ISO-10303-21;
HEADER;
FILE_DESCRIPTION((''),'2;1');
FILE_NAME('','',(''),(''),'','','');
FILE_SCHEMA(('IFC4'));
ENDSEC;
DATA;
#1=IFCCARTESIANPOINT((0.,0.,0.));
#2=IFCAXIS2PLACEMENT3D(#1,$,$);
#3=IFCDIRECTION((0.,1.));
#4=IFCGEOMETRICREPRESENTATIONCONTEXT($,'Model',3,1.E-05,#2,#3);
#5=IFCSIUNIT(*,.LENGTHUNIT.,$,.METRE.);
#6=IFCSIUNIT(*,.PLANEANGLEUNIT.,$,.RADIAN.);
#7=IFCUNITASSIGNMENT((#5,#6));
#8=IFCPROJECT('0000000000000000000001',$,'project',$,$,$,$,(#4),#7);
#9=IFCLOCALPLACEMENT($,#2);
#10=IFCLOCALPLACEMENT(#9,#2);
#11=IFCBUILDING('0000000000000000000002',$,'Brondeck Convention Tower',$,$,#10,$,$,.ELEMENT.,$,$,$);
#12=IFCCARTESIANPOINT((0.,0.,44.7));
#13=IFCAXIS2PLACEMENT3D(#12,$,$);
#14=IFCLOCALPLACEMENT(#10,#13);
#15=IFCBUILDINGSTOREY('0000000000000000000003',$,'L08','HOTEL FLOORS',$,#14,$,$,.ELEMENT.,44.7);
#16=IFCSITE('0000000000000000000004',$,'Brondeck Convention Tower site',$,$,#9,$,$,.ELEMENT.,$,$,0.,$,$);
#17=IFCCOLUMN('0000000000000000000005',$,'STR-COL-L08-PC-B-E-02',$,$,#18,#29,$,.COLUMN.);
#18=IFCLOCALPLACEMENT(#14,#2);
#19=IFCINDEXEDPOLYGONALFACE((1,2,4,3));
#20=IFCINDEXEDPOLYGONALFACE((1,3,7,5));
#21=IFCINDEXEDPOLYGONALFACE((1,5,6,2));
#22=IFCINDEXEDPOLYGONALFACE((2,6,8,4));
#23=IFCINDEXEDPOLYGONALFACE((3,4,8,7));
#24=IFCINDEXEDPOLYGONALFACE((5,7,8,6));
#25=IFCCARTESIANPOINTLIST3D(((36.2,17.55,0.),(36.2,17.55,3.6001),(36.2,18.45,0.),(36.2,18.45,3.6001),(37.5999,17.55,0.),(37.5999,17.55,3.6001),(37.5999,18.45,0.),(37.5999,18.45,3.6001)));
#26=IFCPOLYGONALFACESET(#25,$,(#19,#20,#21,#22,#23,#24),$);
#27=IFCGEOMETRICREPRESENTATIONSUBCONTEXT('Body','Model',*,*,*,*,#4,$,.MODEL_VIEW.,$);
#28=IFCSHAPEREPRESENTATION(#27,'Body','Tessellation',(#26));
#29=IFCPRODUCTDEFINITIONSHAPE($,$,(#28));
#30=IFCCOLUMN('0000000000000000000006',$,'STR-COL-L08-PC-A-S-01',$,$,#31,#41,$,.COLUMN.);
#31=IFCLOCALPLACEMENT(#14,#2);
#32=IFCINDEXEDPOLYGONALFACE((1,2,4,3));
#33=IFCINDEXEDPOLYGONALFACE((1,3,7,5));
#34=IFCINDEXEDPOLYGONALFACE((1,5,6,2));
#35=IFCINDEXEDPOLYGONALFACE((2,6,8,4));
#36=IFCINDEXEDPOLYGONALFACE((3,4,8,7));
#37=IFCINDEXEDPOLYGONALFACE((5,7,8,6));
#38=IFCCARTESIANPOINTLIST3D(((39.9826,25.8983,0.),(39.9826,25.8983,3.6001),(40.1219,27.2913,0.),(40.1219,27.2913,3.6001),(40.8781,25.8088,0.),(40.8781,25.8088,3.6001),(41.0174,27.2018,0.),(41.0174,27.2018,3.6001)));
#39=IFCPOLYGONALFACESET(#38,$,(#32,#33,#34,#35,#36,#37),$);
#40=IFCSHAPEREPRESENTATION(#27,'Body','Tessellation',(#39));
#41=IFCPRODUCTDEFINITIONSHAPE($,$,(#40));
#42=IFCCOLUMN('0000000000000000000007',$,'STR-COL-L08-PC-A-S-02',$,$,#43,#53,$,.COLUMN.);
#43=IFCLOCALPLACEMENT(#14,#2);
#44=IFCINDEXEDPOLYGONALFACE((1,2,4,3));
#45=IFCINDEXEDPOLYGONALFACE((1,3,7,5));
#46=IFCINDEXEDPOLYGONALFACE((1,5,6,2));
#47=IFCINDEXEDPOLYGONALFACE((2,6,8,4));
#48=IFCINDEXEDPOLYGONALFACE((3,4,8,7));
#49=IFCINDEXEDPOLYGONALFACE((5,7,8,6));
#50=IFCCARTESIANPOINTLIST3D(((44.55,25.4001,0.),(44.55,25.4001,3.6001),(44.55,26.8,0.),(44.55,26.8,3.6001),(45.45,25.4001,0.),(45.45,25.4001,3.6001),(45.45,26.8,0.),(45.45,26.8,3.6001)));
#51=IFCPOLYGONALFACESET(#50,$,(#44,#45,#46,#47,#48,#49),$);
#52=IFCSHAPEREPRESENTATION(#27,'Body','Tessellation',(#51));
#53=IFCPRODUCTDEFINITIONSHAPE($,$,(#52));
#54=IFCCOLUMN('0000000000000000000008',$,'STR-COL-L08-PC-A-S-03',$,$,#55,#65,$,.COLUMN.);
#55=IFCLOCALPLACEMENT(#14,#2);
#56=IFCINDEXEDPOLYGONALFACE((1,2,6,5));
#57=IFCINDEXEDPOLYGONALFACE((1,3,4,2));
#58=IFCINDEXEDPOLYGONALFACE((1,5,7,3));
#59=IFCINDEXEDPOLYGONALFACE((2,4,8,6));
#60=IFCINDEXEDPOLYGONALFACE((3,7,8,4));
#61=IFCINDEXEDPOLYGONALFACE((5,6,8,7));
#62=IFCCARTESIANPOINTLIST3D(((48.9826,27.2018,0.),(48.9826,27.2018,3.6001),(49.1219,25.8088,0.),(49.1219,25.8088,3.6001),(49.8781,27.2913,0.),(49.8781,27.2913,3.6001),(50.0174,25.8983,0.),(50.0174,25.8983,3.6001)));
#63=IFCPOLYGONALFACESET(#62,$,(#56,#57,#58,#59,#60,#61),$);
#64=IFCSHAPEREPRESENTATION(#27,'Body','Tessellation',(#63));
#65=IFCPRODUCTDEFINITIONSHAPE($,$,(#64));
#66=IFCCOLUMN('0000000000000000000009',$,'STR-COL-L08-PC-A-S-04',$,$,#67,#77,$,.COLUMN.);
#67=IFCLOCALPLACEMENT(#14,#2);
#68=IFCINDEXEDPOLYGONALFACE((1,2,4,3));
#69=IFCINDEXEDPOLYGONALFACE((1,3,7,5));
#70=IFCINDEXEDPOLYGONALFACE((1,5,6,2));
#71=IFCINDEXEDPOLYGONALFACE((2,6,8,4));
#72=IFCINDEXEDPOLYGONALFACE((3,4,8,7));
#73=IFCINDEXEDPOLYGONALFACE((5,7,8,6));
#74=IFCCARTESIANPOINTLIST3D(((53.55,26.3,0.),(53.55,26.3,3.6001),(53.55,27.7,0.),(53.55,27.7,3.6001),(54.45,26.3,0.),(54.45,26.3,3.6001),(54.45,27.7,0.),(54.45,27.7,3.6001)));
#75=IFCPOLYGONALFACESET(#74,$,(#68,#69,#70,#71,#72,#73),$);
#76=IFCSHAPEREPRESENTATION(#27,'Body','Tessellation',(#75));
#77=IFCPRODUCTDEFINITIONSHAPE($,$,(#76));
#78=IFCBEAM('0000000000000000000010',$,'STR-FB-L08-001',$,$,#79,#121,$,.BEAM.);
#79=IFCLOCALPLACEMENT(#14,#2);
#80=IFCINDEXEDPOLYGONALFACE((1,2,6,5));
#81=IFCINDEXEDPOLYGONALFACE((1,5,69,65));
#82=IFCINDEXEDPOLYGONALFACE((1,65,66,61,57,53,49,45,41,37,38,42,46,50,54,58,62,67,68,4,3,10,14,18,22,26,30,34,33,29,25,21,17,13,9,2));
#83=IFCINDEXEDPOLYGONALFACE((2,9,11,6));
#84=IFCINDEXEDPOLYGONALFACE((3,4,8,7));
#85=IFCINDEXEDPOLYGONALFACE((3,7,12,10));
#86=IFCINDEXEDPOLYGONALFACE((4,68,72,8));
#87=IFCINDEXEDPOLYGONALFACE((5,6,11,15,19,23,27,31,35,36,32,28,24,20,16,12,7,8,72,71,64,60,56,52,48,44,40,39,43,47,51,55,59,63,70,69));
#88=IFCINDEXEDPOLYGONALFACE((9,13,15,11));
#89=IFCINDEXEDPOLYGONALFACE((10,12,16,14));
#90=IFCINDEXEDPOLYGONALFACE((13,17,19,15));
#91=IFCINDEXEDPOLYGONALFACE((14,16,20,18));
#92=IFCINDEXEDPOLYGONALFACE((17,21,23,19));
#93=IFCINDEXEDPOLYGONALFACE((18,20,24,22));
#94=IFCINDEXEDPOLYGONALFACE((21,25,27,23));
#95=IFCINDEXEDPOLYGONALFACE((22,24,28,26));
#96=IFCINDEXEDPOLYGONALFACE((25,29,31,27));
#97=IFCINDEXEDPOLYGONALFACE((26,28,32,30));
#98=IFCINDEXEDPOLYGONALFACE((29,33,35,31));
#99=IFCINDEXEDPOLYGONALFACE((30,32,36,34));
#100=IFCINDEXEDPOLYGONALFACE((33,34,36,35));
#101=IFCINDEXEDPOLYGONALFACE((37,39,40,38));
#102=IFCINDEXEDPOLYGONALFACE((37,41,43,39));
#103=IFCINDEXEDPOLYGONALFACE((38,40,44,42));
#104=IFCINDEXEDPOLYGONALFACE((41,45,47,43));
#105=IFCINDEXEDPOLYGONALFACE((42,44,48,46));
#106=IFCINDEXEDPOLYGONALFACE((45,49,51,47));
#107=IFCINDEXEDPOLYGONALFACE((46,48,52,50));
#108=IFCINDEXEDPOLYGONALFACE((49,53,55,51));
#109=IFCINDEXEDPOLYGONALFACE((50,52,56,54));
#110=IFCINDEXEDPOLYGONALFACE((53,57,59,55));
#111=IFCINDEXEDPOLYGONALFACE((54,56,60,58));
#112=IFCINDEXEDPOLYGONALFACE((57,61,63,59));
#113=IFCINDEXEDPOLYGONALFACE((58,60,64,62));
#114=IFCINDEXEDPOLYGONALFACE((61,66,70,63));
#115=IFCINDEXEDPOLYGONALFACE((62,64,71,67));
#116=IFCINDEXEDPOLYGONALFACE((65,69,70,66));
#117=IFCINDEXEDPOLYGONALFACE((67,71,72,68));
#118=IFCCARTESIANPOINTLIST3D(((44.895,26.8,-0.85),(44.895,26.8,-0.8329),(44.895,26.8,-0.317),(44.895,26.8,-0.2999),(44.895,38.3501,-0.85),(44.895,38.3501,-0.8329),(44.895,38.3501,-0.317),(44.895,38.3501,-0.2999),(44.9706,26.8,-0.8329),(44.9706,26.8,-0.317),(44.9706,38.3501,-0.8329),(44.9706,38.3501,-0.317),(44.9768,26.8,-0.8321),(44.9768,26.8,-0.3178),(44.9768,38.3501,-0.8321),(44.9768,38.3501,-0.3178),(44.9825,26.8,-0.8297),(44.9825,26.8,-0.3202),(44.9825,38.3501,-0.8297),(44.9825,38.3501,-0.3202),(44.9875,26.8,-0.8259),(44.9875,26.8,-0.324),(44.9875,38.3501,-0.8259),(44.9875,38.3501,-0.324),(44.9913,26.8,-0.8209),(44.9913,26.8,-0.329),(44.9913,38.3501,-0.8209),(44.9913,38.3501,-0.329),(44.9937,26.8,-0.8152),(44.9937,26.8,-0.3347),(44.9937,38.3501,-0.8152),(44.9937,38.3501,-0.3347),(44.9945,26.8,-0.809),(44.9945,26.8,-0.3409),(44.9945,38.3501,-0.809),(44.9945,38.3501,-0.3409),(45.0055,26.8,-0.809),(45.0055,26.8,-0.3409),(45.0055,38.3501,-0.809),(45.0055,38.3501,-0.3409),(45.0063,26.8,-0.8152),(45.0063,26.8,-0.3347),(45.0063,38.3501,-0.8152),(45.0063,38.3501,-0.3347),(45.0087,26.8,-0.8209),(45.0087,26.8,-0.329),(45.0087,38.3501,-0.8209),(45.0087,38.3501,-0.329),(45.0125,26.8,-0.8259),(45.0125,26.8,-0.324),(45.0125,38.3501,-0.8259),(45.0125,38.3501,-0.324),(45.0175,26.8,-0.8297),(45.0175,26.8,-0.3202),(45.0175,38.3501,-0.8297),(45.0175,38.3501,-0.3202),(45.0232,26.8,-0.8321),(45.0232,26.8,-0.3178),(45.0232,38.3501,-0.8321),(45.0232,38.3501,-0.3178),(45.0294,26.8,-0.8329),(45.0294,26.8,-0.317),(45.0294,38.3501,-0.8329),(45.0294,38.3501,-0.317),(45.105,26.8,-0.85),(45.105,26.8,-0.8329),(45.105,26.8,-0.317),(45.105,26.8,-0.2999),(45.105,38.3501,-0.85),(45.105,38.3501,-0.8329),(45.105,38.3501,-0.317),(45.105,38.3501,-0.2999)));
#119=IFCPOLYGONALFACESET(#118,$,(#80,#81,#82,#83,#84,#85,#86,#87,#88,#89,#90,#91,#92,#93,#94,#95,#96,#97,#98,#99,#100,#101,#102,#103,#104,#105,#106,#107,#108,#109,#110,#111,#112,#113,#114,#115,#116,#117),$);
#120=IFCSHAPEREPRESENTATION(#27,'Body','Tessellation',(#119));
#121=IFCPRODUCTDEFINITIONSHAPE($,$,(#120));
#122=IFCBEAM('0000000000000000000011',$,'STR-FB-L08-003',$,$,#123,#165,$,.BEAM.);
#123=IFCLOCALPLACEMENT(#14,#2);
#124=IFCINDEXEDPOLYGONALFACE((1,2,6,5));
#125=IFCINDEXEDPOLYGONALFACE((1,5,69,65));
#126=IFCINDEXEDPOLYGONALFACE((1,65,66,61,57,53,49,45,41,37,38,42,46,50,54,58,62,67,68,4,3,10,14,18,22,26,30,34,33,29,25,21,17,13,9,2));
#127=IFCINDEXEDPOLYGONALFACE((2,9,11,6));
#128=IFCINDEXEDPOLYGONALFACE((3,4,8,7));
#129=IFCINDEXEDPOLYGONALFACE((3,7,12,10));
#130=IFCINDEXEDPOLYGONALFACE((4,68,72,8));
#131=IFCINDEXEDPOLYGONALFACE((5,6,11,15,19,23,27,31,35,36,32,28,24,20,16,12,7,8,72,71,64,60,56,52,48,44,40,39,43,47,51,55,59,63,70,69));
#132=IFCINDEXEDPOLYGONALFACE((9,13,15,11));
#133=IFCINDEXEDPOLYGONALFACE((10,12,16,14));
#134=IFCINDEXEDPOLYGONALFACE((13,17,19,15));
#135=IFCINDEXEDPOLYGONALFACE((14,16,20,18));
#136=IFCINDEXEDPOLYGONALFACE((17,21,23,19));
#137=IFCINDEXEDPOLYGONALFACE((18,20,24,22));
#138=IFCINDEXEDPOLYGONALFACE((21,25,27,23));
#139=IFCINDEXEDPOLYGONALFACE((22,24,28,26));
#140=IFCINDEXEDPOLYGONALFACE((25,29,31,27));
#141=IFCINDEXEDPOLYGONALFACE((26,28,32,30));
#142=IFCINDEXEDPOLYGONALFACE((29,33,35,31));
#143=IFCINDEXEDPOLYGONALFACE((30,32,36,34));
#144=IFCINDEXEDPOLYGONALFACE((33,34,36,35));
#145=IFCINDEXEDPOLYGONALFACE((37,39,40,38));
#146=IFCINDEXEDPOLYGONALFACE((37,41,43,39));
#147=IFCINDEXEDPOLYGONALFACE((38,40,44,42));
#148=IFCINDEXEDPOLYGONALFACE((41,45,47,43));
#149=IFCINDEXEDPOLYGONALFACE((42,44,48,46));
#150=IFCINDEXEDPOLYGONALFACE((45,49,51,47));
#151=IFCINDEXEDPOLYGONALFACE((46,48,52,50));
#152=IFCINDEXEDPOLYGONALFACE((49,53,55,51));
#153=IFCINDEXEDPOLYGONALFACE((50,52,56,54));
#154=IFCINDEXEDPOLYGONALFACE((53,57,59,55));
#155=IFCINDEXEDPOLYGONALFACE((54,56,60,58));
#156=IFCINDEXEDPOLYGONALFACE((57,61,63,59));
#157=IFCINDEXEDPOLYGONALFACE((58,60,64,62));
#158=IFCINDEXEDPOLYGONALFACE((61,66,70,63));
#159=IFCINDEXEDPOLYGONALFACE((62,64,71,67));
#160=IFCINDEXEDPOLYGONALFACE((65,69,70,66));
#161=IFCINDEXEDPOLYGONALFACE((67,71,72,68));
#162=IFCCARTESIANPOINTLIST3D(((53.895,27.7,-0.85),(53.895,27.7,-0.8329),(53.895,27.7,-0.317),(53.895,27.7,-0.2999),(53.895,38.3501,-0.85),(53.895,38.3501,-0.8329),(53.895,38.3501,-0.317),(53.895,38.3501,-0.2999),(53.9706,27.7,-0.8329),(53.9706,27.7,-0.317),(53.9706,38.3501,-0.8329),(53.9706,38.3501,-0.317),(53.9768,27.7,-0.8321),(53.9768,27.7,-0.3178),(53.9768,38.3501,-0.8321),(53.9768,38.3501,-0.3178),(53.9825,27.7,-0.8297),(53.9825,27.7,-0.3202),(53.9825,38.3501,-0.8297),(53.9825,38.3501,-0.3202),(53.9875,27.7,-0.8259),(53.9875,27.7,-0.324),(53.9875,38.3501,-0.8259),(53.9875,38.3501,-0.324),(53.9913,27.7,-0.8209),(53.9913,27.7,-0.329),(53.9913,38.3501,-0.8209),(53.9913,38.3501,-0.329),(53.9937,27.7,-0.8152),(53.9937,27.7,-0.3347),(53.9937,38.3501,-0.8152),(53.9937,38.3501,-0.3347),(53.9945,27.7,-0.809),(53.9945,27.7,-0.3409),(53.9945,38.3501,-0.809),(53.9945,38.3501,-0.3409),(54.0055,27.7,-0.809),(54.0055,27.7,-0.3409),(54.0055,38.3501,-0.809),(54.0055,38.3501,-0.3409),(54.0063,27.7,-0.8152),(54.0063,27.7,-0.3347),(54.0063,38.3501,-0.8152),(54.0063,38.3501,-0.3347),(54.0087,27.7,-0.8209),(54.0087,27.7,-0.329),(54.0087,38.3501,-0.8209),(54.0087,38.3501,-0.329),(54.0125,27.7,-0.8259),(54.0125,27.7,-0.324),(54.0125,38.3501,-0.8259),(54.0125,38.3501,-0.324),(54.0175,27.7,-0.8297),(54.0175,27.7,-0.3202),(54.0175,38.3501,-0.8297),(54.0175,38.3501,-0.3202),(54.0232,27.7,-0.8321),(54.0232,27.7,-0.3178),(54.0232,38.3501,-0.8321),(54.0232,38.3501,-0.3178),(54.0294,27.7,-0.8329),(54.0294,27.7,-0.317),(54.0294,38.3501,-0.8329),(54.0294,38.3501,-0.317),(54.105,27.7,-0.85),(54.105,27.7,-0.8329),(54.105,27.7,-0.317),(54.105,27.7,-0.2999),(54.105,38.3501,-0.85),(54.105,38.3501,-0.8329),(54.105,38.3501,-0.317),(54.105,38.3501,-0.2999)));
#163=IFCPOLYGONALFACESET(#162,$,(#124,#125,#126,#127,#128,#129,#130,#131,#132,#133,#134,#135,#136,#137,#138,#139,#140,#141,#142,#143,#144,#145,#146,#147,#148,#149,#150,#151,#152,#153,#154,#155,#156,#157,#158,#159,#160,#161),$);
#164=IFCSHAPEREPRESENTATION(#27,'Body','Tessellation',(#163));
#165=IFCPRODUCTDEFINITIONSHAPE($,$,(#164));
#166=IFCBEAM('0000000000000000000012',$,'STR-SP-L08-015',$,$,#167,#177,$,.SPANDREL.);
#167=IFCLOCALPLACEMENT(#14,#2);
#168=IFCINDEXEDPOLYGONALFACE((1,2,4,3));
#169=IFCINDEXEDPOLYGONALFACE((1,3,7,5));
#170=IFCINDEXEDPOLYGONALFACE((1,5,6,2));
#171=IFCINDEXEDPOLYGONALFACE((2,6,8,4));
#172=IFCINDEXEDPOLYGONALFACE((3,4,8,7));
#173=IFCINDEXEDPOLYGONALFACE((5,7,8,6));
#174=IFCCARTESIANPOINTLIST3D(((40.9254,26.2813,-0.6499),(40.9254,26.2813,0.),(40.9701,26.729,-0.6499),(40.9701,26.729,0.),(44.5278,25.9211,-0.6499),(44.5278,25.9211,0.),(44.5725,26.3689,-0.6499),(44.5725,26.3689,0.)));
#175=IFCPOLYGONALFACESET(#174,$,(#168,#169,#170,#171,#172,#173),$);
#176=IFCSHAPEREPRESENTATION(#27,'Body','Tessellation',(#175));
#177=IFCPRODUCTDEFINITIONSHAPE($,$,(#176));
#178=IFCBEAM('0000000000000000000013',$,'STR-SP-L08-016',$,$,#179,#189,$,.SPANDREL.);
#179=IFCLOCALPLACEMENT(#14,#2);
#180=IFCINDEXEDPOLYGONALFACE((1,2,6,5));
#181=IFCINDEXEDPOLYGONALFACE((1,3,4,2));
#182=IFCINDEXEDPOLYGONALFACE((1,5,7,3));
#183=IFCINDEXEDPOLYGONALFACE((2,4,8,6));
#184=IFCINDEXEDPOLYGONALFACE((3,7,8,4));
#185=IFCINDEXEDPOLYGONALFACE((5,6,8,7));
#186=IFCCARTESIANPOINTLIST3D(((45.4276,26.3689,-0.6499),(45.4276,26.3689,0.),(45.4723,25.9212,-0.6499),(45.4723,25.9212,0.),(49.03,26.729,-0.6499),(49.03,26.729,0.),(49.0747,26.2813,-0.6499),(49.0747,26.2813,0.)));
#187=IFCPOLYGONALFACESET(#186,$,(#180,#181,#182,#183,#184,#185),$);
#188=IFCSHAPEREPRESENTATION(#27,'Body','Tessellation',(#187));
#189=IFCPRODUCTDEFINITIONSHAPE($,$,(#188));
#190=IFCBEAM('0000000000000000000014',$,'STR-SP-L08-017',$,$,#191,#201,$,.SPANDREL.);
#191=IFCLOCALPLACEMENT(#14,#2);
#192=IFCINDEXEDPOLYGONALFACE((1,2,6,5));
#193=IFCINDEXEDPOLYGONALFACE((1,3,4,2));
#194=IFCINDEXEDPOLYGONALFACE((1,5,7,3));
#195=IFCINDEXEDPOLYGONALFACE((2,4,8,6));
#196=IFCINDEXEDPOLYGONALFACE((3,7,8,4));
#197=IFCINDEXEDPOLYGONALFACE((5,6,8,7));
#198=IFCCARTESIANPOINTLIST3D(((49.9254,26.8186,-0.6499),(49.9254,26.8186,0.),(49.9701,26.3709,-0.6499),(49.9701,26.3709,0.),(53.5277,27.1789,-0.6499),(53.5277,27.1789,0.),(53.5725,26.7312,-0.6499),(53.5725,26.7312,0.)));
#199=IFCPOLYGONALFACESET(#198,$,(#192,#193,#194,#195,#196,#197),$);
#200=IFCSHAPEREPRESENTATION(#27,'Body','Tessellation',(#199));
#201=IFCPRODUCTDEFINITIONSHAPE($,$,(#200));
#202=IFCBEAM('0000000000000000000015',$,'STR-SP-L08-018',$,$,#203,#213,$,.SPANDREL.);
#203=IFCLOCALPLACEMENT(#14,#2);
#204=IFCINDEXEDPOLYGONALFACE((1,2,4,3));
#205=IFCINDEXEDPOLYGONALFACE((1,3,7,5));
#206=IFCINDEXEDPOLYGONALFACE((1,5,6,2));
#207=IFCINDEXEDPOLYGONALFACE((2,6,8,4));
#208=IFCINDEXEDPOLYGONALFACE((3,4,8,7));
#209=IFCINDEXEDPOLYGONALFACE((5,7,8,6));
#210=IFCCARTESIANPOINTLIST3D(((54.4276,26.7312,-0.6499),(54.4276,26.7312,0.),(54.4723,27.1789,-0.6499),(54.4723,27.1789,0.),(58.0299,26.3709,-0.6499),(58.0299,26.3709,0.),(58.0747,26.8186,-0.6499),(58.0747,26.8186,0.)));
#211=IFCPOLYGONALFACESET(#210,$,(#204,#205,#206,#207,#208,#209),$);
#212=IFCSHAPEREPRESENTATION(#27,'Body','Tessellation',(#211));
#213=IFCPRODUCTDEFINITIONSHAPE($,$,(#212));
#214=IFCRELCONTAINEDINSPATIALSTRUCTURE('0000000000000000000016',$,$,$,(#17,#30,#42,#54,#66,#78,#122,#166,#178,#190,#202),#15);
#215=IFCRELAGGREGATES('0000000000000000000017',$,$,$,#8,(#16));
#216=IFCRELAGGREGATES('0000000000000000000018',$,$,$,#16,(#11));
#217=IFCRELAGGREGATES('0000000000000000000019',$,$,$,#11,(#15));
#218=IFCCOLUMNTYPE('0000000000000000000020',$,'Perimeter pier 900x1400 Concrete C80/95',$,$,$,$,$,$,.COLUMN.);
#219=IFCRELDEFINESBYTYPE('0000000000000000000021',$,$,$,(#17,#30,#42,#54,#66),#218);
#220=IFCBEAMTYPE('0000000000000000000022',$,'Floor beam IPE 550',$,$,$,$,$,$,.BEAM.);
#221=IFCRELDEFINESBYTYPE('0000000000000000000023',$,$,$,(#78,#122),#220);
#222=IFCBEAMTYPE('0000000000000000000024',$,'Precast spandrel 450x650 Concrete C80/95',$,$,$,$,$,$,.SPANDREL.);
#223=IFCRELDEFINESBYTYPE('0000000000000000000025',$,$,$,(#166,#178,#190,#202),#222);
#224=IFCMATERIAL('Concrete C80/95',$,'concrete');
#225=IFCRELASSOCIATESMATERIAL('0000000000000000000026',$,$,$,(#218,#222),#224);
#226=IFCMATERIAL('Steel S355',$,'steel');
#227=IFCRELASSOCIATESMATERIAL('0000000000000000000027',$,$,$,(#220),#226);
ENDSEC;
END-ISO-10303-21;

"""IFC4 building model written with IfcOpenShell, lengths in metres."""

from ifc_helpers import new_model, si_unit, direction, frame, origin, origin_2d, place, context, subcontext, project, spatial, rectangle, i_section, extrude, material, material_profile, profile_set, type_object, element, save


model = new_model("IFC4")

# Units and contexts
model_context = context("Model", 3, precision=1e-05, world=origin(), true_north=direction((0.0, 1.0)))
body_context = subcontext(model_context, "Body", "Model", "MODEL_VIEW")
ifc_project = project(units=[si_unit("LENGTHUNIT", "METRE"), si_unit("PLANEANGLEUNIT", "RADIAN")], contexts=[model_context])

# Site, building, storey
site_placement = place(None, origin())
site = spatial("IfcSite", under=ifc_project, at=site_placement, Name="Brondeck Convention Tower site", CompositionType="ELEMENT", RefElevation=0.0)
building_placement = place(site_placement, origin())
building = spatial("IfcBuilding", under=site, at=building_placement, Name="Brondeck Convention Tower", CompositionType="ELEMENT")
storey_placement = place(building_placement, frame((0.0, 0.0, 44.7)))
storey = spatial("IfcBuildingStorey", under=building, at=storey_placement, Name="L08", Description="HOTEL FLOORS", CompositionType="ELEMENT", Elevation=44.7)

# Columns
ifc_material_1 = material(Name="Concrete C80/95", Category="concrete")
ifc_material_profile_1 = material_profile(ifc_material_1, rectangle(XDim=0.8999, YDim=1.3999, at=origin_2d()), Name="Perimeter pier 900x1400 Concrete C80/95")
ifc_profile_set_1 = profile_set([ifc_material_profile_1], Name="Concrete C80/95")
column_type = type_object("IfcColumnType", Name="Perimeter pier 900x1400 Concrete C80/95", PredefinedType="COLUMN", material=ifc_profile_set_1)
for number, where, z_axis, x_axis, name in (
    (1, (36.8999, 18.0, 0.0), (0.0, 0.0, 1.0), (0.0, 1.0, 0.0), "STR-COL-L08-PC-B-E-02"),
    (2, (40.5, 26.55, 0.0), (0.0, 0.0, 1.0), (0.995037, -0.099504, 0.0), "STR-COL-L08-PC-A-S-01"),
    (3, (45.0, 26.1001, 0.0), (0.0, 0.0, 1.0), (1.0, 0.0, 0.0), "STR-COL-L08-PC-A-S-02"),
    (4, (49.5, 26.55, 0.0), (0.0, 0.0, 1.0), (0.995037, 0.099504, 0.0), "STR-COL-L08-PC-A-S-03"),
    (5, (54.0, 27.0, 0.0), (0.0, 0.0, 1.0), (1.0, 0.0, 0.0), "STR-COL-L08-PC-A-S-04"),
):
    element("IfcColumn", number, at=place(storey_placement, frame(where, z_axis=z_axis, x_axis=x_axis)), inside=storey, type_object=column_type, Name=name, PredefinedType="COLUMN", context=body_context, shape_type="SweptSolid", body=[
        extrude(rectangle(XDim=0.8999, YDim=1.3999, at=origin_2d()), origin(), (0.0, 0.0, 1.0), 3.6001),
    ])

# Beams
ifc_material_2 = material(Name="Steel S355", Category="steel")
ifc_material_profile_2 = material_profile(ifc_material_2, i_section(OverallWidth=0.21, OverallDepth=0.55, WebThickness=0.011, FlangeThickness=0.0171, FilletRadius=0.0239, at=origin_2d()), Name="IPE 550")
ifc_profile_set_2 = profile_set([ifc_material_profile_2], Name="Steel S355")
beam_type_1 = type_object("IfcBeamType", Name="Floor beam IPE 550", PredefinedType="BEAM", material=ifc_profile_set_2)
beam_1_placement = place(storey_placement, frame((45.0, 26.8, -0.575), z_axis=(0.0, 1.0, 0.0), x_axis=(-1.0, 0.0, 0.0)))
element("IfcBeam", 6, at=beam_1_placement, inside=storey, type_object=beam_type_1, Name="STR-FB-L08-001", PredefinedType="BEAM", context=body_context, shape_type="SweptSolid", body=[
    extrude(i_section(OverallWidth=0.21, OverallDepth=0.55, WebThickness=0.011, FlangeThickness=0.0171, FilletRadius=0.0239, at=origin_2d()), origin(), (0.0, 0.0, 1.0), 11.55),
])
beam_2_placement = place(storey_placement, frame((54.0, 27.7, -0.575), z_axis=(0.0, 1.0, 0.0), x_axis=(-1.0, 0.0, 0.0)))
element("IfcBeam", 7, at=beam_2_placement, inside=storey, type_object=beam_type_1, Name="STR-FB-L08-003", PredefinedType="BEAM", context=body_context, shape_type="SweptSolid", body=[
    extrude(i_section(OverallWidth=0.21, OverallDepth=0.55, WebThickness=0.011, FlangeThickness=0.0171, FilletRadius=0.0239, at=origin_2d()), origin(), (0.0, 0.0, 1.0), 10.6501),
])
ifc_material_profile_3 = material_profile(ifc_material_1, rectangle(XDim=0.45, YDim=0.6499, at=origin_2d()), Name="Precast spandrel 450x650 Concrete C80/95")
ifc_profile_set_3 = profile_set([ifc_material_profile_3], Name="Concrete C80/95")
beam_type_2 = type_object("IfcBeamType", Name="Precast spandrel 450x650 Concrete C80/95", PredefinedType="SPANDREL", material=ifc_profile_set_3)
for number, where, z_axis, x_axis, name in (
    (8, (40.9478, 26.5051, -0.325), (0.995041, -0.09947, 0.0), (0.09947, 0.995041, 0.0), "STR-SP-L08-015"),
    (9, (45.45, 26.145, -0.325), (0.995041, 0.09947, 0.0), (-0.09947, 0.995041, 0.0), "STR-SP-L08-016"),
    (10, (49.9478, 26.5947, -0.325), (0.995034, 0.099537, 0.0), (-0.099537, 0.995034, 0.0), "STR-SP-L08-017"),
    (11, (54.45, 26.9551, -0.325), (0.995034, -0.099537, 0.0), (0.099537, 0.995034, 0.0), "STR-SP-L08-018"),
):
    element("IfcBeam", number, at=place(storey_placement, frame(where, z_axis=z_axis, x_axis=x_axis)), inside=storey, type_object=beam_type_2, Name=name, PredefinedType="SPANDREL", context=body_context, shape_type="SweptSolid", body=[
        extrude(rectangle(XDim=0.45, YDim=0.6499, at=origin_2d()), origin(), (0.0, 0.0, 1.0), 3.6204),
    ])

save(model, "model.ifc")
